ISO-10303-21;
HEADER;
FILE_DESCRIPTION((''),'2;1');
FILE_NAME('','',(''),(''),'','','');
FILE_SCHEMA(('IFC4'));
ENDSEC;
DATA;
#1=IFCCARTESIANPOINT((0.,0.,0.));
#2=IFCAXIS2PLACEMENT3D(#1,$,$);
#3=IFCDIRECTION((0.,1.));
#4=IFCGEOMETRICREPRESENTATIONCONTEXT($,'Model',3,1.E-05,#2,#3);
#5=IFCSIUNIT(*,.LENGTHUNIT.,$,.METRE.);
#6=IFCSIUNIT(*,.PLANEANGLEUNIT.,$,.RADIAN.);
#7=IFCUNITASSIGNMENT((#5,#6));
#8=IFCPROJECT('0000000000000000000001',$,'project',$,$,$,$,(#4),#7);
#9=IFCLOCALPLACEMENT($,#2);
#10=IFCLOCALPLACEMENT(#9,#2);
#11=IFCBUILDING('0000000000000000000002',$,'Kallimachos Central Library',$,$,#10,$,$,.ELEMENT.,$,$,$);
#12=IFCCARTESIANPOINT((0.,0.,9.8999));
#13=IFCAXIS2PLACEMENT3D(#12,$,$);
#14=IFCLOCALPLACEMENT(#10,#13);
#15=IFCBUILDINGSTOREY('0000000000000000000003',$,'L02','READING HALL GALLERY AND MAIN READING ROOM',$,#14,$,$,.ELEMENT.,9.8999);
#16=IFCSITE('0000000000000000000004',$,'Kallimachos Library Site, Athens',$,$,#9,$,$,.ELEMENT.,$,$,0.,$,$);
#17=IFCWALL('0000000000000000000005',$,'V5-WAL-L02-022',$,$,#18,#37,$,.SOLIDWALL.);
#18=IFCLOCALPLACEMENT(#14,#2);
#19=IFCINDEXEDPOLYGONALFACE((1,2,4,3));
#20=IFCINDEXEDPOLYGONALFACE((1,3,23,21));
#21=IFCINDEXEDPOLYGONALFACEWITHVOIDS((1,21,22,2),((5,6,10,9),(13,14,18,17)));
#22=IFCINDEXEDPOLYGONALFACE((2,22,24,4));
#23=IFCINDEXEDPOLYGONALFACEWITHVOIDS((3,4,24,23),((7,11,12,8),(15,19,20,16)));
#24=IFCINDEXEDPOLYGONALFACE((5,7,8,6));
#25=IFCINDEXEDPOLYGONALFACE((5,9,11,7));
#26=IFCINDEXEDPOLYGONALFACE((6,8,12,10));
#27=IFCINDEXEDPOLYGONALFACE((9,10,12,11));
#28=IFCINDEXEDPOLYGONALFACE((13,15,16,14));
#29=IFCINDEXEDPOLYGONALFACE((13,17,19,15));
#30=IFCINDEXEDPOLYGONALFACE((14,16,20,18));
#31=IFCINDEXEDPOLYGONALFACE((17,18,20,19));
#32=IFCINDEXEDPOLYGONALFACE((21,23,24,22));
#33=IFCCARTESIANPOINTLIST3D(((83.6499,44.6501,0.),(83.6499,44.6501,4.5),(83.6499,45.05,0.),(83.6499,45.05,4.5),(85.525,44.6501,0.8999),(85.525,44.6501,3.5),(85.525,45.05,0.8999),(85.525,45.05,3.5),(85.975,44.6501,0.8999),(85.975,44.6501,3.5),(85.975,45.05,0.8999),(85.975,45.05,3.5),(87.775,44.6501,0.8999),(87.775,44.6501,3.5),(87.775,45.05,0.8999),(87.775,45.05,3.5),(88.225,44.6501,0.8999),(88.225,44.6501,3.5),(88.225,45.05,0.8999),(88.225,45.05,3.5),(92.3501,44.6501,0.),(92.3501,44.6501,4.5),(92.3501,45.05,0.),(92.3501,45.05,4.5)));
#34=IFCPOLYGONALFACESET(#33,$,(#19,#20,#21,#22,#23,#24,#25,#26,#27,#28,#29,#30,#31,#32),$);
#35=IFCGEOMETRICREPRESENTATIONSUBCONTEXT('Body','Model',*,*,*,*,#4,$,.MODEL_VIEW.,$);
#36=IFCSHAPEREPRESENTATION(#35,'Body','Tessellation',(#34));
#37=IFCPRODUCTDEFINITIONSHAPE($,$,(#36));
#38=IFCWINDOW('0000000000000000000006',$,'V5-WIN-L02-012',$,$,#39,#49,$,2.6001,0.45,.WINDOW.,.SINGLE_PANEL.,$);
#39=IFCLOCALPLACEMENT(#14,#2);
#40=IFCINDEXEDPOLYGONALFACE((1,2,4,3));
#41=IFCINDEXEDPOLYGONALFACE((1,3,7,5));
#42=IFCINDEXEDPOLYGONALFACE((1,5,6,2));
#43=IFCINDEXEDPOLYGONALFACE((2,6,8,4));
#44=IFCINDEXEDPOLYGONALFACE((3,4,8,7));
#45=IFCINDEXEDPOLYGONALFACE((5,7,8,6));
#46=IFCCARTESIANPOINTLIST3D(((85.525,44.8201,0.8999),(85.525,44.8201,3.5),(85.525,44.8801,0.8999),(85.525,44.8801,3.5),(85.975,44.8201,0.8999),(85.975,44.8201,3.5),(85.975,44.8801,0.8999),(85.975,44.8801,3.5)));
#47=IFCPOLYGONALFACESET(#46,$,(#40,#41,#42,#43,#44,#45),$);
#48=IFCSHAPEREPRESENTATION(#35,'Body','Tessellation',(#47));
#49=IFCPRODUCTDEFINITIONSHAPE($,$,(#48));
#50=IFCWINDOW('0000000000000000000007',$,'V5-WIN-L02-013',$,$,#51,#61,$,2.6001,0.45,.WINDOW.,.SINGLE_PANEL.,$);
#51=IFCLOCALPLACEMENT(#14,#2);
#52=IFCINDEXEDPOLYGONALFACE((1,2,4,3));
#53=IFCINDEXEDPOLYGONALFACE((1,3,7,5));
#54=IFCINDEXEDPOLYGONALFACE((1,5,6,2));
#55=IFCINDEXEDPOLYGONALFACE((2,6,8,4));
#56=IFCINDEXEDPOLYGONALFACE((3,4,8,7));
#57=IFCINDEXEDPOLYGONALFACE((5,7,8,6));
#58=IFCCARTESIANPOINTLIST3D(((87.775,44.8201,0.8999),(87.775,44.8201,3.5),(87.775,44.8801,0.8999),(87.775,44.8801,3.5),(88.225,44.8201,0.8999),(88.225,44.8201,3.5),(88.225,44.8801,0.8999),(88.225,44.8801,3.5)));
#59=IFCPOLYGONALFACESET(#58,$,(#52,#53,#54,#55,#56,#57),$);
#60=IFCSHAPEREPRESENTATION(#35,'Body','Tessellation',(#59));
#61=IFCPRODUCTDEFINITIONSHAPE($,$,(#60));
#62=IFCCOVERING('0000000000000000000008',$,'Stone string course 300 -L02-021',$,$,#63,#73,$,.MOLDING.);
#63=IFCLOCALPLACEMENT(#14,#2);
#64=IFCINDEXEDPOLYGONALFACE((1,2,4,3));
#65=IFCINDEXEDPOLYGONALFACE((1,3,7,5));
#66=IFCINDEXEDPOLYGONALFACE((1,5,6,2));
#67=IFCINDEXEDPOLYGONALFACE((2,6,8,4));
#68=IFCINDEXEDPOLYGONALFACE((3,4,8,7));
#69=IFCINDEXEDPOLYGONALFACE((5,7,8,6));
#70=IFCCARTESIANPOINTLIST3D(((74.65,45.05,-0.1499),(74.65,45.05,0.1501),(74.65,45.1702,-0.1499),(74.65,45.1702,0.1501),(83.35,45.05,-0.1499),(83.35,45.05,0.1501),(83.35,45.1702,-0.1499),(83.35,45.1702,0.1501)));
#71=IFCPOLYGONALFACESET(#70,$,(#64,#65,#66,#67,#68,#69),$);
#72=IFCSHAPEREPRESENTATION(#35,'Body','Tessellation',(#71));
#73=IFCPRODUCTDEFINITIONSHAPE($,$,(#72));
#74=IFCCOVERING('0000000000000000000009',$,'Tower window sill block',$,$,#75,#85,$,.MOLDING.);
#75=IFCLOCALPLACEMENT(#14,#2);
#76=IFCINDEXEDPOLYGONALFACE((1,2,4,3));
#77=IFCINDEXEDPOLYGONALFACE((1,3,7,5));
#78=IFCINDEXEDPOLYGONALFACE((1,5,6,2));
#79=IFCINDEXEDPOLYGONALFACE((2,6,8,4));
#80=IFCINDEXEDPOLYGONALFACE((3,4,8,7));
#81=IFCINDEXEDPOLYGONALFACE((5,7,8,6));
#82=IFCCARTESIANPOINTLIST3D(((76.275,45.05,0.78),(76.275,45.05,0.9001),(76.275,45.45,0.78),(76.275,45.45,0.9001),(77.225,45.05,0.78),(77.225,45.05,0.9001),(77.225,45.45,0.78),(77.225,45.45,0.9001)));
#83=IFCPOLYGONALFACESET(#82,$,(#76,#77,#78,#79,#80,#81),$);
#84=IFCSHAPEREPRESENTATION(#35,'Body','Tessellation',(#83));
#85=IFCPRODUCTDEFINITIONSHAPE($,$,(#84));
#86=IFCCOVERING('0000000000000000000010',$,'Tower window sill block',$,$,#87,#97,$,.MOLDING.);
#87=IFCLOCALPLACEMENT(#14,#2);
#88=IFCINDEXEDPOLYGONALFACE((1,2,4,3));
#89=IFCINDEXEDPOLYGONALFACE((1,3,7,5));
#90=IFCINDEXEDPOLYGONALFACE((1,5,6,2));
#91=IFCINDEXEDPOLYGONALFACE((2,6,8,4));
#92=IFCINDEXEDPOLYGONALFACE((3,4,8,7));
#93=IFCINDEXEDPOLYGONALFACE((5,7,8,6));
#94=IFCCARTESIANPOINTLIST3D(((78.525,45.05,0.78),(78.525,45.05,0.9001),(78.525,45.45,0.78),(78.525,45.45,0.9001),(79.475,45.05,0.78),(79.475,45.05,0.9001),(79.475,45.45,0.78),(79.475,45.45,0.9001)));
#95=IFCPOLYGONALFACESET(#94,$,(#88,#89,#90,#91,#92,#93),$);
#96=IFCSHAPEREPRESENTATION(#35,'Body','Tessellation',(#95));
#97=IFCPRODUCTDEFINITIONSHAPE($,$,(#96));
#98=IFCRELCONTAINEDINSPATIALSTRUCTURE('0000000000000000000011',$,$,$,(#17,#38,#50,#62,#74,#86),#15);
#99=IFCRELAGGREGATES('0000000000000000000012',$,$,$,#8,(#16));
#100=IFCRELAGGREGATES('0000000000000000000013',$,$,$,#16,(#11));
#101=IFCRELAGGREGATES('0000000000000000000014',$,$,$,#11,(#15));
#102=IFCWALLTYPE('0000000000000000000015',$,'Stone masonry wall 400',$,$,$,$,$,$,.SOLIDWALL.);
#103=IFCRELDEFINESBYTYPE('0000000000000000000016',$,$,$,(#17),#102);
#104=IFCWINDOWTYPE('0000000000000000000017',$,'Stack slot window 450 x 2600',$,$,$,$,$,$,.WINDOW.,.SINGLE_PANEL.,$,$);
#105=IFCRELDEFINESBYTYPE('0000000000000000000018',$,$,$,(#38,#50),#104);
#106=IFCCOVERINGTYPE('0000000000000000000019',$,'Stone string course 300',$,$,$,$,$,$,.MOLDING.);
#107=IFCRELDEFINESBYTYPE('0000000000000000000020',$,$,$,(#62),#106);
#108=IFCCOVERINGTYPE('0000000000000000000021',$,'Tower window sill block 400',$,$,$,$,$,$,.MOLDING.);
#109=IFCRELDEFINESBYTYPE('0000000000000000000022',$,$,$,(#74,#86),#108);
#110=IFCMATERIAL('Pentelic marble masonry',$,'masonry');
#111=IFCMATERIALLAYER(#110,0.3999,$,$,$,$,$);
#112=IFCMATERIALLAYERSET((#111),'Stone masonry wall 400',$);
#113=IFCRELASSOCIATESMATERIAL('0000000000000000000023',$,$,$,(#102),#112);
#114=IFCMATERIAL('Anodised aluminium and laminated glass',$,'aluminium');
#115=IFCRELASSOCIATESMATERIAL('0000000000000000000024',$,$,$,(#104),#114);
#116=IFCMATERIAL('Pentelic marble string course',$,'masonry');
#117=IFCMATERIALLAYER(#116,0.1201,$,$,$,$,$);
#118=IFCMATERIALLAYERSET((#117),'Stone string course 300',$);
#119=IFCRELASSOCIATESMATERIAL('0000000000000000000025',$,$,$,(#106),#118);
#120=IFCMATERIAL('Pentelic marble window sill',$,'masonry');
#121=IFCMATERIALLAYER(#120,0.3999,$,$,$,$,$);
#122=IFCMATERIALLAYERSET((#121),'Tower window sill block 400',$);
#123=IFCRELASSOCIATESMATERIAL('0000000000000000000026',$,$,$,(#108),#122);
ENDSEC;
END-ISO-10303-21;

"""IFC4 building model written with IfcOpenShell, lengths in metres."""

from ifc_helpers import new_model, si_unit, direction, frame, frame_2d, origin, origin_2d, place, context, subcontext, project, spatial, rectangle, extrude, material, layer, layer_set, type_object, element, fill, save


model = new_model("IFC4")

# Units and contexts
model_context = context("Model", 3, precision=1e-05, world=origin(), true_north=direction((0.0, 1.0)))
body_context = subcontext(model_context, "Body", "Model", "MODEL_VIEW")
ifc_project = project(units=[si_unit("LENGTHUNIT", "METRE"), si_unit("PLANEANGLEUNIT", "RADIAN")], contexts=[model_context])

# Site, building, storey
site_placement = place(None, origin())
site = spatial("IfcSite", under=ifc_project, at=site_placement, Name="Kallimachos Library Site, Athens", CompositionType="ELEMENT", RefElevation=0.0)
building_placement = place(site_placement, origin())
building = spatial("IfcBuilding", under=site, at=building_placement, Name="Kallimachos Central Library", CompositionType="ELEMENT")
storey_placement = place(building_placement, frame((0.0, 0.0, 9.8999)))
storey = spatial("IfcBuildingStorey", under=building, at=storey_placement, Name="L02", Description="READING HALL GALLERY AND MAIN READING ROOM", CompositionType="ELEMENT", Elevation=9.8999)

# Wall, openings, windows
ifc_material_1 = material(Name="Pentelic marble masonry", Category="masonry")
ifc_layer_1 = layer(ifc_material_1, 0.3999)
ifc_layer_set_1 = layer_set([ifc_layer_1], Name="Stone masonry wall 400")
wall_type_1 = type_object("IfcWallType", Name="Stone masonry wall 400", PredefinedType="SOLIDWALL", material=ifc_layer_set_1)
wall_1_placement = place(storey_placement, frame((83.6499, 44.8501, 0.0), z_axis=(0.0, 0.0, 1.0), x_axis=(1.0, 0.0, 0.0)))
wall_1 = element("IfcWall", 1, at=wall_1_placement, inside=storey, type_object=wall_type_1, Name="V5-WAL-L02-022", PredefinedType="SOLIDWALL", context=body_context, shape_type="SweptSolid", body=[
    extrude(rectangle(XDim=8.7002, YDim=0.3999, at=frame_2d((4.3501, 0.0))), origin(), (0.0, 0.0, 1.0), 4.5),
])
opening_1_placement = place(wall_1_placement, frame((1.875, 0.0, 0.8999)))
opening_1 = element("IfcOpeningElement", 2, at=opening_1_placement, cuts=wall_1, PredefinedType="OPENING", context=body_context, shape_type="SweptSolid", body=[
    extrude(rectangle(XDim=0.45, YDim=2.6001, at=frame_2d((0.2251, 1.3))), frame((0.0, 0.21, 0.0), z_axis=(0.0, -1.0, 0.0), x_axis=(1.0, 0.0, 0.0)), (0.0, 0.0, 1.0), 0.4199),
])
opening_2_placement = place(wall_1_placement, frame((4.125, 0.0, 0.8999)))
opening_2 = element("IfcOpeningElement", 3, at=opening_2_placement, cuts=wall_1, PredefinedType="OPENING", context=body_context, shape_type="SweptSolid", body=[
    extrude(rectangle(XDim=0.45, YDim=2.6001, at=frame_2d((0.2251, 1.3))), frame((0.0, 0.21, 0.0), z_axis=(0.0, -1.0, 0.0), x_axis=(1.0, 0.0, 0.0)), (0.0, 0.0, 1.0), 0.4199),
])
ifc_material_2 = material(Name="Anodised aluminium and laminated glass", Category="aluminium")
window_type = type_object("IfcWindowType", Name="Stack slot window 450 x 2600", PartitioningType="SINGLE_PANEL", PredefinedType="WINDOW", material=ifc_material_2)
window_1_placement = place(opening_1_placement, origin())
window_1 = element("IfcWindow", 4, at=window_1_placement, inside=storey, type_object=window_type, Name="V5-WIN-L02-012", OverallHeight=2.6001, OverallWidth=0.45, PartitioningType="SINGLE_PANEL", PredefinedType="WINDOW", context=body_context, shape_type="SweptSolid", body=[
    extrude(rectangle(XDim=0.45, YDim=2.6001, at=frame_2d((0.2251, 1.3))), frame((0.0, 0.03, 0.0), z_axis=(0.0, -1.0, 0.0), x_axis=(1.0, 0.0, 0.0)), (0.0, 0.0, 1.0), 0.0601),
])
fill(opening_1, window_1)
window_2_placement = place(opening_2_placement, origin())
window_2 = element("IfcWindow", 5, at=window_2_placement, inside=storey, type_object=window_type, Name="V5-WIN-L02-013", OverallHeight=2.6001, OverallWidth=0.45, PartitioningType="SINGLE_PANEL", PredefinedType="WINDOW", context=body_context, shape_type="SweptSolid", body=[
    extrude(rectangle(XDim=0.45, YDim=2.6001, at=frame_2d((0.2251, 1.3))), frame((0.0, 0.03, 0.0), z_axis=(0.0, -1.0, 0.0), x_axis=(1.0, 0.0, 0.0)), (0.0, 0.0, 1.0), 0.0601),
])
fill(opening_2, window_2)

# Coverings
ifc_material_3 = material(Name="Pentelic marble string course", Category="masonry")
ifc_layer_2 = layer(ifc_material_3, 0.1201)
ifc_layer_set_2 = layer_set([ifc_layer_2], Name="Stone string course 300")
covering_type_1 = type_object("IfcCoveringType", Name="Stone string course 300", PredefinedType="MOLDING", material=ifc_layer_set_2)
covering_placement = place(storey_placement, frame((79.0, 45.1101, -0.1499), z_axis=(0.0, 0.0, 1.0), x_axis=(1.0, 0.0, 0.0)))
element("IfcCovering", 6, at=covering_placement, inside=storey, type_object=covering_type_1, Name="Stone string course 300 -L02-021", PredefinedType="MOLDING", context=body_context, shape_type="SweptSolid", body=[
    extrude(rectangle(XDim=8.7, YDim=0.1201, at=origin_2d()), origin(), (0.0, 0.0, 1.0), 0.3),
])
ifc_material_4 = material(Name="Pentelic marble window sill", Category="masonry")
ifc_layer_3 = layer(ifc_material_4, 0.3999)
ifc_layer_set_3 = layer_set([ifc_layer_3], Name="Tower window sill block 400")
covering_type_2 = type_object("IfcCoveringType", Name="Tower window sill block 400", PredefinedType="MOLDING", material=ifc_layer_set_3)
for number, where, z_axis, x_axis, name in (
    (7, (76.75, 45.25, 0.78), (0.0, 0.0, 1.0), (1.0, 0.0, 0.0), "Tower window sill block"),
    (8, (79.0, 45.25, 0.78), (0.0, 0.0, 1.0), (1.0, 0.0, 0.0), "Tower window sill block"),
):
    element("IfcCovering", number, at=place(storey_placement, frame(where, z_axis=z_axis, x_axis=x_axis)), inside=storey, type_object=covering_type_2, Name=name, PredefinedType="MOLDING", context=body_context, shape_type="SweptSolid", body=[
        extrude(rectangle(XDim=0.95, YDim=0.3999, at=origin_2d()), origin(), (0.0, 0.0, 1.0), 0.1201),
    ])

save(model, "model.ifc")
